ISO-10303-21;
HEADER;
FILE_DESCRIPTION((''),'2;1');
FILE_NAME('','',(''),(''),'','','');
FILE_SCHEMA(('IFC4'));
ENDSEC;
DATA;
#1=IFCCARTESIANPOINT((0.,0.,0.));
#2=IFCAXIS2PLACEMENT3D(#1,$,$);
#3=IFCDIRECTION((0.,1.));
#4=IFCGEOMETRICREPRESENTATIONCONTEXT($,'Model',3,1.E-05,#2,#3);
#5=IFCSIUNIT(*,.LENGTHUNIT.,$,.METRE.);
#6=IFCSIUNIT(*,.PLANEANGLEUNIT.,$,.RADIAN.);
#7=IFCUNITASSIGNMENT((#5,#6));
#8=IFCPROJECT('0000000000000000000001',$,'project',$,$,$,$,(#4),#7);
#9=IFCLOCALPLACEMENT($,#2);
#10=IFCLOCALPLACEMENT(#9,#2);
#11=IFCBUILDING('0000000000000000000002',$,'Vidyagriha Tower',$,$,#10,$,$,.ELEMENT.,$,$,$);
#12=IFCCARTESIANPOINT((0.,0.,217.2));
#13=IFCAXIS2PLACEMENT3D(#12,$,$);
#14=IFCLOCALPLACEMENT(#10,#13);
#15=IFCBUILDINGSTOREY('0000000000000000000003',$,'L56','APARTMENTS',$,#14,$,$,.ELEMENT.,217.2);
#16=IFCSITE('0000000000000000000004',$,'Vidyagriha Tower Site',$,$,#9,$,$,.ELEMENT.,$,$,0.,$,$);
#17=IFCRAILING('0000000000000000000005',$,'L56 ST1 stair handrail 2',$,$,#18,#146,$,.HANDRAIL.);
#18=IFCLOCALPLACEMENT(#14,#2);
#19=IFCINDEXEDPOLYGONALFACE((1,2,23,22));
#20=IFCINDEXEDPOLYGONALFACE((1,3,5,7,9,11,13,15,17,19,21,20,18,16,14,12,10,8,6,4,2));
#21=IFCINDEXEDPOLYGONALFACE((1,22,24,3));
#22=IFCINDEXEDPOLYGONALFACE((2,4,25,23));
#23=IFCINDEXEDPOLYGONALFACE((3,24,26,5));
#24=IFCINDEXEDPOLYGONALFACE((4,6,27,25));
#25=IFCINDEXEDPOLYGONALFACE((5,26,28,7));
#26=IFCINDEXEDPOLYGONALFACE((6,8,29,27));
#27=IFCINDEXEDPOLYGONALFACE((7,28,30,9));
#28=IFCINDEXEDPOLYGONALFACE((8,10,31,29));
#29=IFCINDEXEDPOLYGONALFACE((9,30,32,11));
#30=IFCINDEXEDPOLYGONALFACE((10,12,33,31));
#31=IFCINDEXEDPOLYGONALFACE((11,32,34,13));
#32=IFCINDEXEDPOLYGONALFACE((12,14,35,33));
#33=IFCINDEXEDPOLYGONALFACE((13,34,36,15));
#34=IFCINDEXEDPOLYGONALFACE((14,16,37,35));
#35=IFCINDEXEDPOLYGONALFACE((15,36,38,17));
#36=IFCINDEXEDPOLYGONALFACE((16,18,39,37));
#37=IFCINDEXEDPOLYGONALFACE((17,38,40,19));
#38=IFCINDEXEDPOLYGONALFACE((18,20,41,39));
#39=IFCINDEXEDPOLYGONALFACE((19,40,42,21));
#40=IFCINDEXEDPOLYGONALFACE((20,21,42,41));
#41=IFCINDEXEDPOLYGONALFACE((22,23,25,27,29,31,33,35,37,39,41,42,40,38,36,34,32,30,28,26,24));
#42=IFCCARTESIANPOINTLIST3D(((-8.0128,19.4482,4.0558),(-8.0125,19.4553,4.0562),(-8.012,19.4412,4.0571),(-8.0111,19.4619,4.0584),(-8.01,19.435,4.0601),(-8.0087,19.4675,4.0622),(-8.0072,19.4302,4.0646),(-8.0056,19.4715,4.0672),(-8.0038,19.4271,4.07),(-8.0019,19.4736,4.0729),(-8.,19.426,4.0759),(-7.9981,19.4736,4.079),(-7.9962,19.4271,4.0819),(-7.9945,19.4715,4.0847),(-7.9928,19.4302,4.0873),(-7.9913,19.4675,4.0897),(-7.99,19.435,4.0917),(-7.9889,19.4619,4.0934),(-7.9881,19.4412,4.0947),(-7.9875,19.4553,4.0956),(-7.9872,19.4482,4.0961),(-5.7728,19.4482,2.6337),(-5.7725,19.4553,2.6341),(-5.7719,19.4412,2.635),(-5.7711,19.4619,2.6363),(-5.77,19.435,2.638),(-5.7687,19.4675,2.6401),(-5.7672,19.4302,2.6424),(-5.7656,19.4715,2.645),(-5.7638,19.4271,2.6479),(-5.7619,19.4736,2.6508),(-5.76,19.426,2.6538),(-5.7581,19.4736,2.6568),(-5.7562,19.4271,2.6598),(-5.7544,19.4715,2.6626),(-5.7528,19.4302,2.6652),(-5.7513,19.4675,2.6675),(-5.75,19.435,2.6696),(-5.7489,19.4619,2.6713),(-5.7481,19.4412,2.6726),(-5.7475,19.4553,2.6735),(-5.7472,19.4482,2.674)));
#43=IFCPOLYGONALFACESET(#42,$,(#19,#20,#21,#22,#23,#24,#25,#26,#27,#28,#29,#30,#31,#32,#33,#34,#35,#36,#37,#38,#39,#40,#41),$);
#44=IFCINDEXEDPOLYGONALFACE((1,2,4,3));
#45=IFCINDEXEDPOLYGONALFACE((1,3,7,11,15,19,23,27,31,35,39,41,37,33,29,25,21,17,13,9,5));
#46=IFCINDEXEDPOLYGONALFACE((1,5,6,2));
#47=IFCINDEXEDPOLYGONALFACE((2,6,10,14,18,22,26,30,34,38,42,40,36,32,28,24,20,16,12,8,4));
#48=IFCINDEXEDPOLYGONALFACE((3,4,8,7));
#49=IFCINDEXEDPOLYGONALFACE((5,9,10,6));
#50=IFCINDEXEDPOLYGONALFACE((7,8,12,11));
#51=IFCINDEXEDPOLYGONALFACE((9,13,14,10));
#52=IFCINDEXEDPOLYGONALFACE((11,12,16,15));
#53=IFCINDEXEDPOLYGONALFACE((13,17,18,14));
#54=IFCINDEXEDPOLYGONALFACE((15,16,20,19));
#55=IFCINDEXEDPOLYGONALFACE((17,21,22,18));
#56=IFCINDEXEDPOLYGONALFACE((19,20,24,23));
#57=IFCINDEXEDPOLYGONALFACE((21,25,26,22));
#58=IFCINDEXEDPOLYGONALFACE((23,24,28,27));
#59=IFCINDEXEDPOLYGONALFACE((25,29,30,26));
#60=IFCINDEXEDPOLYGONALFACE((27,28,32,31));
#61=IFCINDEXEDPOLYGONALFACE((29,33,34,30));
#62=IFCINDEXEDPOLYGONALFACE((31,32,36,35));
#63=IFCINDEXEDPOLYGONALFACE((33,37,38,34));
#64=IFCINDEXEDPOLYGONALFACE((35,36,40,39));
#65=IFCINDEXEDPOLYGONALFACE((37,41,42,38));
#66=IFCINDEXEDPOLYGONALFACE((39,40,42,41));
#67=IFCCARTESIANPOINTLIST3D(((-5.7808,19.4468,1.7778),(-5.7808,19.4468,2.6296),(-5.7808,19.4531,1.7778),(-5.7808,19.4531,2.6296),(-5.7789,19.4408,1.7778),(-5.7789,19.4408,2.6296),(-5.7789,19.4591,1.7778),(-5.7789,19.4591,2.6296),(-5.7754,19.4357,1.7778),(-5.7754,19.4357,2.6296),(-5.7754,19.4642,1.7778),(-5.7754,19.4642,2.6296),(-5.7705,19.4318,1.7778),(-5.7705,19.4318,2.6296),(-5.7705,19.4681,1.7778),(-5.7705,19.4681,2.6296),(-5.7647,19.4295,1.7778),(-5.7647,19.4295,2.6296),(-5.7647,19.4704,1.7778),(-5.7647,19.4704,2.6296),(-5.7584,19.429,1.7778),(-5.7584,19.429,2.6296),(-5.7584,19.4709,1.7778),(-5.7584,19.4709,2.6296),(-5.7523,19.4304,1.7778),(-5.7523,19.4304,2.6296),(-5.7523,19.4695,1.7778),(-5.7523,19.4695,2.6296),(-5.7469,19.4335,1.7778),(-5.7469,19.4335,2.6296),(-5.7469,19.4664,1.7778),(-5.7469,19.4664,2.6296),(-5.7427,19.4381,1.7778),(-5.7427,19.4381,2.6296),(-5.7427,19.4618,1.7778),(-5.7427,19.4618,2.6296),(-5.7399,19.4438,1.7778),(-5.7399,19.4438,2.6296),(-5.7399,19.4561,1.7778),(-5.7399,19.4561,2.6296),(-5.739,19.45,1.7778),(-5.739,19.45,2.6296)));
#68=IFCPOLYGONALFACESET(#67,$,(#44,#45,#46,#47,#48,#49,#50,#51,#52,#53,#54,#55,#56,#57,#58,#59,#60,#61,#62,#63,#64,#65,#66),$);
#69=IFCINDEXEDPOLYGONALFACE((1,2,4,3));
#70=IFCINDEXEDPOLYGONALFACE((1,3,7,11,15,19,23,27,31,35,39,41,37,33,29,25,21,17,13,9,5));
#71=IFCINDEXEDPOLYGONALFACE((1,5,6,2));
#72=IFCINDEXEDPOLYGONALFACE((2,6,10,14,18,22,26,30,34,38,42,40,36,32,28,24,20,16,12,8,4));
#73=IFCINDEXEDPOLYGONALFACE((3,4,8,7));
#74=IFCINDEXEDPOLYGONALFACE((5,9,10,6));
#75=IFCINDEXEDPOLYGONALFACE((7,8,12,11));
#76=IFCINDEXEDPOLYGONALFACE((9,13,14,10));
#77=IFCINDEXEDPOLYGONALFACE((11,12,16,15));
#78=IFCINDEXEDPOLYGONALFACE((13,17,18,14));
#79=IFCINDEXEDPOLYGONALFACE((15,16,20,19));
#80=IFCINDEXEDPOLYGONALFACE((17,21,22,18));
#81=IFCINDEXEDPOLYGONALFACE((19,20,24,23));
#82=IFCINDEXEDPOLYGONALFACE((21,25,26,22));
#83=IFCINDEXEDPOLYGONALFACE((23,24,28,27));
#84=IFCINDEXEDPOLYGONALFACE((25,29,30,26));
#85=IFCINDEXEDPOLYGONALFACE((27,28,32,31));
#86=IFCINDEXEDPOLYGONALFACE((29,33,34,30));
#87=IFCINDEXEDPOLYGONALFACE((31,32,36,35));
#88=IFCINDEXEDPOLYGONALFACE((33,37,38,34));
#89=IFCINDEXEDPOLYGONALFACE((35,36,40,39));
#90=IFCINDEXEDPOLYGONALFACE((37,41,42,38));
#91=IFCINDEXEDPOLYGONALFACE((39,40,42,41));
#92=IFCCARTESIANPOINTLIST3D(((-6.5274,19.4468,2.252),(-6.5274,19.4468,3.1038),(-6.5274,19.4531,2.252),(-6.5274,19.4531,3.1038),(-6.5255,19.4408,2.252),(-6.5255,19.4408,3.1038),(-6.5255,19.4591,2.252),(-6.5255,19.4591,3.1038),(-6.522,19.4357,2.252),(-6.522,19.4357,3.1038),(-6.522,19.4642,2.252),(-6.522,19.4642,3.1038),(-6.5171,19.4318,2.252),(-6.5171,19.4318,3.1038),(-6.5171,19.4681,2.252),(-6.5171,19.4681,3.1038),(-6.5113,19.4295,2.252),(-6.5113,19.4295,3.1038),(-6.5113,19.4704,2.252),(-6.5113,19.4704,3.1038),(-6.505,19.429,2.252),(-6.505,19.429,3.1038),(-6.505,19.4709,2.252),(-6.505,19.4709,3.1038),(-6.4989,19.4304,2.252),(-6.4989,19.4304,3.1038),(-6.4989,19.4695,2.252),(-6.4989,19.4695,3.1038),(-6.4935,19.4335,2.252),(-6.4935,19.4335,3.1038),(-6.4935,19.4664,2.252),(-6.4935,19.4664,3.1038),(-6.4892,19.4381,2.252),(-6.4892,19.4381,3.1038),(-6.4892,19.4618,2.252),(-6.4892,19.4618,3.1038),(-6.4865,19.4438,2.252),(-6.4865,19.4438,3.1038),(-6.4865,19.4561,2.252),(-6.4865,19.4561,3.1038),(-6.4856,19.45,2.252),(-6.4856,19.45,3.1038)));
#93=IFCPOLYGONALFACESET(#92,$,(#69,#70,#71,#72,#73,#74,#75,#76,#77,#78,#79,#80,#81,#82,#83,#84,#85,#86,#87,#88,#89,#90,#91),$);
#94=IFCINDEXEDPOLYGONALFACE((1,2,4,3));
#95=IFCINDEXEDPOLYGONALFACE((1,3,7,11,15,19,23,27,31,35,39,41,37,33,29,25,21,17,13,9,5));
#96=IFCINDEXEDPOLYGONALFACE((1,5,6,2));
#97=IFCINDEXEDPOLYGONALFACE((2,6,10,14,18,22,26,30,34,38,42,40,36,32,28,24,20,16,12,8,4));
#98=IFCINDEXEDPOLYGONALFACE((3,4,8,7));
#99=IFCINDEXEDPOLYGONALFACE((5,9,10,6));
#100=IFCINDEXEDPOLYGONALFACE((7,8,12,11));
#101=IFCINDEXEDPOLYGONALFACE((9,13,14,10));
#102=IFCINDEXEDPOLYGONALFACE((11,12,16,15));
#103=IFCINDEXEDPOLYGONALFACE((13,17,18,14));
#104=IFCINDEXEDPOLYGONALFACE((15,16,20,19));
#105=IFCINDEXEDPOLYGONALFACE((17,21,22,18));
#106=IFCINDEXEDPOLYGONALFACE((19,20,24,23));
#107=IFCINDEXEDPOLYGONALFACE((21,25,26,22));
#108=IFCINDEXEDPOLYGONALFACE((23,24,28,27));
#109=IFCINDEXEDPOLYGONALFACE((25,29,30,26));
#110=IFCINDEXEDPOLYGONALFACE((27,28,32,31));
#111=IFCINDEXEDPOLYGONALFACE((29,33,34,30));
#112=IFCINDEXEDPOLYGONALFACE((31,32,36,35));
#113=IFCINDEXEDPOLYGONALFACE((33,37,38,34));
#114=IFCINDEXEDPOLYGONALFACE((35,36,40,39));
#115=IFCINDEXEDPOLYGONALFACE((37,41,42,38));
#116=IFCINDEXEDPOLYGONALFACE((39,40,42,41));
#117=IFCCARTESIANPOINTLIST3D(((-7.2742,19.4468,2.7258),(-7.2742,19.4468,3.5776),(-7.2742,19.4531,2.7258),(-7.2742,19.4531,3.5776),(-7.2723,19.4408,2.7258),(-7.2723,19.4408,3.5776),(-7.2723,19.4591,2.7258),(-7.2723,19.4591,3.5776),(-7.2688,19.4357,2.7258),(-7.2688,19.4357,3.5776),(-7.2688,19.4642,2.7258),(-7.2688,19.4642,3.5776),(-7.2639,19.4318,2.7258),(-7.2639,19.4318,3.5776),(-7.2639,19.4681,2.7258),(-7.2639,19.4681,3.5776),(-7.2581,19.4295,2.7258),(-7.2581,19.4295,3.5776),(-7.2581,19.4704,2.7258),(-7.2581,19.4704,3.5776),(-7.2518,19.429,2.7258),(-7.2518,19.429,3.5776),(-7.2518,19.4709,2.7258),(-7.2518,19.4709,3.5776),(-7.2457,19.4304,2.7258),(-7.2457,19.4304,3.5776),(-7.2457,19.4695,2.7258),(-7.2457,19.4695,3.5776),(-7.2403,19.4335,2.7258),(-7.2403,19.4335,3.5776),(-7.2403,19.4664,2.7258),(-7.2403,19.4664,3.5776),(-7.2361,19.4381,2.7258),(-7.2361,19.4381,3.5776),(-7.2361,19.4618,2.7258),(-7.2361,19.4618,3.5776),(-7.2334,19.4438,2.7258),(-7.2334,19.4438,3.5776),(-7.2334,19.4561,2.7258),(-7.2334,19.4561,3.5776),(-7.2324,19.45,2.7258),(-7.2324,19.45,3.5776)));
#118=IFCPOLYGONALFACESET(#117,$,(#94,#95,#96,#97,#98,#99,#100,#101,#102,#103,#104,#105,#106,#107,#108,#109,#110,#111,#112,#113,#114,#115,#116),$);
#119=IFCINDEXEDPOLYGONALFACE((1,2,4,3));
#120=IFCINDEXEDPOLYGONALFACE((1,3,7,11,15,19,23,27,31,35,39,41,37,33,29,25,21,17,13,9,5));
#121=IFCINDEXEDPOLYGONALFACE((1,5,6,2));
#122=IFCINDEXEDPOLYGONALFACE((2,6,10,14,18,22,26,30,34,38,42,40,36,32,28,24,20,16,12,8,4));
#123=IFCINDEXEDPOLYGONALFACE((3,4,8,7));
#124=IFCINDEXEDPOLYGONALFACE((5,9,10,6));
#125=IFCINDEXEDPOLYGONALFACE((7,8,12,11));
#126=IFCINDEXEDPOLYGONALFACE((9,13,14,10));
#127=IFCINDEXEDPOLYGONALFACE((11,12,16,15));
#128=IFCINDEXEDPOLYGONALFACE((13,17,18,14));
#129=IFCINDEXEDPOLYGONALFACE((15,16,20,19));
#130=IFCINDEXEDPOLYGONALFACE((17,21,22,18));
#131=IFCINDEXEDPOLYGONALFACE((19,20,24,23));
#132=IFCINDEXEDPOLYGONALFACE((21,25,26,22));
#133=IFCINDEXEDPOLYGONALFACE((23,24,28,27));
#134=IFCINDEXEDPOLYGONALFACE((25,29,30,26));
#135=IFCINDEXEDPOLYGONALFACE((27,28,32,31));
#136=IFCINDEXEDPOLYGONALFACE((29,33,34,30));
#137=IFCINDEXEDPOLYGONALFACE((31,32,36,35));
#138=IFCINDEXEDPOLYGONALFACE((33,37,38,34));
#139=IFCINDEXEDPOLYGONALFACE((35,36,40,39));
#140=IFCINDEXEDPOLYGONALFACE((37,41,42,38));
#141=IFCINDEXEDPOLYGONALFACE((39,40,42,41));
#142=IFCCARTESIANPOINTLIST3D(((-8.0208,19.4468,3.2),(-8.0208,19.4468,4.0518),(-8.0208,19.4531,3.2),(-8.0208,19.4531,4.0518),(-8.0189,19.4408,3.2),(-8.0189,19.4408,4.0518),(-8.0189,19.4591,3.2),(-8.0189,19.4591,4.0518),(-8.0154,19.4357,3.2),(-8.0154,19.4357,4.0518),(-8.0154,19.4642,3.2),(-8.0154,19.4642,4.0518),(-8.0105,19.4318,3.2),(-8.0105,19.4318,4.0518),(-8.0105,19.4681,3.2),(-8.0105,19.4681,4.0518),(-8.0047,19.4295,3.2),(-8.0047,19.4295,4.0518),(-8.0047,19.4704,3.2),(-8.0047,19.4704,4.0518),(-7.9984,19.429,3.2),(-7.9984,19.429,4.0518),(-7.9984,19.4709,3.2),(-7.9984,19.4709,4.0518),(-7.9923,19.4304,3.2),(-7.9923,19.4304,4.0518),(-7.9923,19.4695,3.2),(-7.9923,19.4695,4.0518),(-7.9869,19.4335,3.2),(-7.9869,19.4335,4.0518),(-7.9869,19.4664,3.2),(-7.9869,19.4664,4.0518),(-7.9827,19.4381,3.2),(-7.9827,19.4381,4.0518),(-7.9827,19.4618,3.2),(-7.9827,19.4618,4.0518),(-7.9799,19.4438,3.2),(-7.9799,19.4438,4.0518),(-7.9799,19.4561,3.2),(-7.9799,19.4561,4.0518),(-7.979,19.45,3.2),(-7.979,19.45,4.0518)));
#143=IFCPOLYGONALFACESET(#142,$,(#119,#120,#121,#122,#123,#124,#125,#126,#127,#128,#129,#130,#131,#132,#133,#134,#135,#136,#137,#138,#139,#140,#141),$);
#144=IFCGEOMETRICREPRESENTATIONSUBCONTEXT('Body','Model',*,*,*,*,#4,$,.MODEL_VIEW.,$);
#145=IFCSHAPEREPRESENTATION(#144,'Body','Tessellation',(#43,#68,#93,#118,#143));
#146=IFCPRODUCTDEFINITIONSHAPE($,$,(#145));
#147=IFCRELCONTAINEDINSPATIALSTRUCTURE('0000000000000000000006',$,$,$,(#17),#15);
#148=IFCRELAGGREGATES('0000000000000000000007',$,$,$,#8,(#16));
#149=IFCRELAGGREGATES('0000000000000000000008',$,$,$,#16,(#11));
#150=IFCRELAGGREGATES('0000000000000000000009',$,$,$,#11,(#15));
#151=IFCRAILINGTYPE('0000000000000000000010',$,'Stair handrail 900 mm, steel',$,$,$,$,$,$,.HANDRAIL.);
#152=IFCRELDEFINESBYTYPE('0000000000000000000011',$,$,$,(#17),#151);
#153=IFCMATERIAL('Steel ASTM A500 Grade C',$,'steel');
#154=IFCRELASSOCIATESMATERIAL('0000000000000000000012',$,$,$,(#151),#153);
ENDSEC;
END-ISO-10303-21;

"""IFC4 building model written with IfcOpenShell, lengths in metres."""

from ifc_helpers import new_model, si_unit, direction, frame, origin, origin_2d, place, context, subcontext, project, spatial, circle, extrude, material, type_object, element, save


model = new_model("IFC4")

# Units and contexts
model_context = context("Model", 3, precision=1e-05, world=origin(), true_north=direction((0.0, 1.0)))
body_context = subcontext(model_context, "Body", "Model", "MODEL_VIEW")
ifc_project = project(units=[si_unit("LENGTHUNIT", "METRE"), si_unit("PLANEANGLEUNIT", "RADIAN")], contexts=[model_context])

# Site, building, storey
site_placement = place(None, origin())
site = spatial("IfcSite", under=ifc_project, at=site_placement, Name="Vidyagriha Tower Site", CompositionType="ELEMENT", RefElevation=0.0)
building_placement = place(site_placement, origin())
building = spatial("IfcBuilding", under=site, at=building_placement, Name="Vidyagriha Tower", CompositionType="ELEMENT")
storey_placement = place(building_placement, frame((0.0, 0.0, 217.2)))
storey = spatial("IfcBuildingStorey", under=building, at=storey_placement, Name="L56", Description="APARTMENTS", CompositionType="ELEMENT", Elevation=217.2)

# Railing
ifc_material_1 = material(Name="Steel ASTM A500 Grade C", Category="steel")
railing_type_1 = type_object("IfcRailingType", Name="Stair handrail 900 mm, steel", PredefinedType="HANDRAIL", material=ifc_material_1)
railing_1_placement = place(storey_placement, frame((-5.76, 19.45, 1.7778)))
element("IfcRailing", 1, at=railing_1_placement, inside=storey, type_object=railing_type_1, Name="L56 ST1 stair handrail 2", PredefinedType="HANDRAIL", context=body_context, shape_type="SweptSolid", body=[
    extrude(circle(Radius=0.0239, at=origin_2d()), frame((0.0, 0.0, 0.876), z_axis=(-0.844229, 0.0, 0.535982), x_axis=(0.0, -1.0, 0.0)), (0.0, 0.0, 1.0), 2.6533),
    extrude(circle(Radius=0.021, at=origin_2d()), origin(), (0.0, 0.0, 1.0), 0.8518),
    extrude(circle(Radius=0.021, at=origin_2d()), frame((-0.7466, 0.0, 0.4741)), (0.0, 0.0, 1.0), 0.8518),
    extrude(circle(Radius=0.021, at=origin_2d()), frame((-1.4934, 0.0, 0.948)), (0.0, 0.0, 1.0), 0.8518),
    extrude(circle(Radius=0.021, at=origin_2d()), frame((-2.24, 0.0, 1.4221)), (0.0, 0.0, 1.0), 0.8518),
])

save(model, "model.ifc")
